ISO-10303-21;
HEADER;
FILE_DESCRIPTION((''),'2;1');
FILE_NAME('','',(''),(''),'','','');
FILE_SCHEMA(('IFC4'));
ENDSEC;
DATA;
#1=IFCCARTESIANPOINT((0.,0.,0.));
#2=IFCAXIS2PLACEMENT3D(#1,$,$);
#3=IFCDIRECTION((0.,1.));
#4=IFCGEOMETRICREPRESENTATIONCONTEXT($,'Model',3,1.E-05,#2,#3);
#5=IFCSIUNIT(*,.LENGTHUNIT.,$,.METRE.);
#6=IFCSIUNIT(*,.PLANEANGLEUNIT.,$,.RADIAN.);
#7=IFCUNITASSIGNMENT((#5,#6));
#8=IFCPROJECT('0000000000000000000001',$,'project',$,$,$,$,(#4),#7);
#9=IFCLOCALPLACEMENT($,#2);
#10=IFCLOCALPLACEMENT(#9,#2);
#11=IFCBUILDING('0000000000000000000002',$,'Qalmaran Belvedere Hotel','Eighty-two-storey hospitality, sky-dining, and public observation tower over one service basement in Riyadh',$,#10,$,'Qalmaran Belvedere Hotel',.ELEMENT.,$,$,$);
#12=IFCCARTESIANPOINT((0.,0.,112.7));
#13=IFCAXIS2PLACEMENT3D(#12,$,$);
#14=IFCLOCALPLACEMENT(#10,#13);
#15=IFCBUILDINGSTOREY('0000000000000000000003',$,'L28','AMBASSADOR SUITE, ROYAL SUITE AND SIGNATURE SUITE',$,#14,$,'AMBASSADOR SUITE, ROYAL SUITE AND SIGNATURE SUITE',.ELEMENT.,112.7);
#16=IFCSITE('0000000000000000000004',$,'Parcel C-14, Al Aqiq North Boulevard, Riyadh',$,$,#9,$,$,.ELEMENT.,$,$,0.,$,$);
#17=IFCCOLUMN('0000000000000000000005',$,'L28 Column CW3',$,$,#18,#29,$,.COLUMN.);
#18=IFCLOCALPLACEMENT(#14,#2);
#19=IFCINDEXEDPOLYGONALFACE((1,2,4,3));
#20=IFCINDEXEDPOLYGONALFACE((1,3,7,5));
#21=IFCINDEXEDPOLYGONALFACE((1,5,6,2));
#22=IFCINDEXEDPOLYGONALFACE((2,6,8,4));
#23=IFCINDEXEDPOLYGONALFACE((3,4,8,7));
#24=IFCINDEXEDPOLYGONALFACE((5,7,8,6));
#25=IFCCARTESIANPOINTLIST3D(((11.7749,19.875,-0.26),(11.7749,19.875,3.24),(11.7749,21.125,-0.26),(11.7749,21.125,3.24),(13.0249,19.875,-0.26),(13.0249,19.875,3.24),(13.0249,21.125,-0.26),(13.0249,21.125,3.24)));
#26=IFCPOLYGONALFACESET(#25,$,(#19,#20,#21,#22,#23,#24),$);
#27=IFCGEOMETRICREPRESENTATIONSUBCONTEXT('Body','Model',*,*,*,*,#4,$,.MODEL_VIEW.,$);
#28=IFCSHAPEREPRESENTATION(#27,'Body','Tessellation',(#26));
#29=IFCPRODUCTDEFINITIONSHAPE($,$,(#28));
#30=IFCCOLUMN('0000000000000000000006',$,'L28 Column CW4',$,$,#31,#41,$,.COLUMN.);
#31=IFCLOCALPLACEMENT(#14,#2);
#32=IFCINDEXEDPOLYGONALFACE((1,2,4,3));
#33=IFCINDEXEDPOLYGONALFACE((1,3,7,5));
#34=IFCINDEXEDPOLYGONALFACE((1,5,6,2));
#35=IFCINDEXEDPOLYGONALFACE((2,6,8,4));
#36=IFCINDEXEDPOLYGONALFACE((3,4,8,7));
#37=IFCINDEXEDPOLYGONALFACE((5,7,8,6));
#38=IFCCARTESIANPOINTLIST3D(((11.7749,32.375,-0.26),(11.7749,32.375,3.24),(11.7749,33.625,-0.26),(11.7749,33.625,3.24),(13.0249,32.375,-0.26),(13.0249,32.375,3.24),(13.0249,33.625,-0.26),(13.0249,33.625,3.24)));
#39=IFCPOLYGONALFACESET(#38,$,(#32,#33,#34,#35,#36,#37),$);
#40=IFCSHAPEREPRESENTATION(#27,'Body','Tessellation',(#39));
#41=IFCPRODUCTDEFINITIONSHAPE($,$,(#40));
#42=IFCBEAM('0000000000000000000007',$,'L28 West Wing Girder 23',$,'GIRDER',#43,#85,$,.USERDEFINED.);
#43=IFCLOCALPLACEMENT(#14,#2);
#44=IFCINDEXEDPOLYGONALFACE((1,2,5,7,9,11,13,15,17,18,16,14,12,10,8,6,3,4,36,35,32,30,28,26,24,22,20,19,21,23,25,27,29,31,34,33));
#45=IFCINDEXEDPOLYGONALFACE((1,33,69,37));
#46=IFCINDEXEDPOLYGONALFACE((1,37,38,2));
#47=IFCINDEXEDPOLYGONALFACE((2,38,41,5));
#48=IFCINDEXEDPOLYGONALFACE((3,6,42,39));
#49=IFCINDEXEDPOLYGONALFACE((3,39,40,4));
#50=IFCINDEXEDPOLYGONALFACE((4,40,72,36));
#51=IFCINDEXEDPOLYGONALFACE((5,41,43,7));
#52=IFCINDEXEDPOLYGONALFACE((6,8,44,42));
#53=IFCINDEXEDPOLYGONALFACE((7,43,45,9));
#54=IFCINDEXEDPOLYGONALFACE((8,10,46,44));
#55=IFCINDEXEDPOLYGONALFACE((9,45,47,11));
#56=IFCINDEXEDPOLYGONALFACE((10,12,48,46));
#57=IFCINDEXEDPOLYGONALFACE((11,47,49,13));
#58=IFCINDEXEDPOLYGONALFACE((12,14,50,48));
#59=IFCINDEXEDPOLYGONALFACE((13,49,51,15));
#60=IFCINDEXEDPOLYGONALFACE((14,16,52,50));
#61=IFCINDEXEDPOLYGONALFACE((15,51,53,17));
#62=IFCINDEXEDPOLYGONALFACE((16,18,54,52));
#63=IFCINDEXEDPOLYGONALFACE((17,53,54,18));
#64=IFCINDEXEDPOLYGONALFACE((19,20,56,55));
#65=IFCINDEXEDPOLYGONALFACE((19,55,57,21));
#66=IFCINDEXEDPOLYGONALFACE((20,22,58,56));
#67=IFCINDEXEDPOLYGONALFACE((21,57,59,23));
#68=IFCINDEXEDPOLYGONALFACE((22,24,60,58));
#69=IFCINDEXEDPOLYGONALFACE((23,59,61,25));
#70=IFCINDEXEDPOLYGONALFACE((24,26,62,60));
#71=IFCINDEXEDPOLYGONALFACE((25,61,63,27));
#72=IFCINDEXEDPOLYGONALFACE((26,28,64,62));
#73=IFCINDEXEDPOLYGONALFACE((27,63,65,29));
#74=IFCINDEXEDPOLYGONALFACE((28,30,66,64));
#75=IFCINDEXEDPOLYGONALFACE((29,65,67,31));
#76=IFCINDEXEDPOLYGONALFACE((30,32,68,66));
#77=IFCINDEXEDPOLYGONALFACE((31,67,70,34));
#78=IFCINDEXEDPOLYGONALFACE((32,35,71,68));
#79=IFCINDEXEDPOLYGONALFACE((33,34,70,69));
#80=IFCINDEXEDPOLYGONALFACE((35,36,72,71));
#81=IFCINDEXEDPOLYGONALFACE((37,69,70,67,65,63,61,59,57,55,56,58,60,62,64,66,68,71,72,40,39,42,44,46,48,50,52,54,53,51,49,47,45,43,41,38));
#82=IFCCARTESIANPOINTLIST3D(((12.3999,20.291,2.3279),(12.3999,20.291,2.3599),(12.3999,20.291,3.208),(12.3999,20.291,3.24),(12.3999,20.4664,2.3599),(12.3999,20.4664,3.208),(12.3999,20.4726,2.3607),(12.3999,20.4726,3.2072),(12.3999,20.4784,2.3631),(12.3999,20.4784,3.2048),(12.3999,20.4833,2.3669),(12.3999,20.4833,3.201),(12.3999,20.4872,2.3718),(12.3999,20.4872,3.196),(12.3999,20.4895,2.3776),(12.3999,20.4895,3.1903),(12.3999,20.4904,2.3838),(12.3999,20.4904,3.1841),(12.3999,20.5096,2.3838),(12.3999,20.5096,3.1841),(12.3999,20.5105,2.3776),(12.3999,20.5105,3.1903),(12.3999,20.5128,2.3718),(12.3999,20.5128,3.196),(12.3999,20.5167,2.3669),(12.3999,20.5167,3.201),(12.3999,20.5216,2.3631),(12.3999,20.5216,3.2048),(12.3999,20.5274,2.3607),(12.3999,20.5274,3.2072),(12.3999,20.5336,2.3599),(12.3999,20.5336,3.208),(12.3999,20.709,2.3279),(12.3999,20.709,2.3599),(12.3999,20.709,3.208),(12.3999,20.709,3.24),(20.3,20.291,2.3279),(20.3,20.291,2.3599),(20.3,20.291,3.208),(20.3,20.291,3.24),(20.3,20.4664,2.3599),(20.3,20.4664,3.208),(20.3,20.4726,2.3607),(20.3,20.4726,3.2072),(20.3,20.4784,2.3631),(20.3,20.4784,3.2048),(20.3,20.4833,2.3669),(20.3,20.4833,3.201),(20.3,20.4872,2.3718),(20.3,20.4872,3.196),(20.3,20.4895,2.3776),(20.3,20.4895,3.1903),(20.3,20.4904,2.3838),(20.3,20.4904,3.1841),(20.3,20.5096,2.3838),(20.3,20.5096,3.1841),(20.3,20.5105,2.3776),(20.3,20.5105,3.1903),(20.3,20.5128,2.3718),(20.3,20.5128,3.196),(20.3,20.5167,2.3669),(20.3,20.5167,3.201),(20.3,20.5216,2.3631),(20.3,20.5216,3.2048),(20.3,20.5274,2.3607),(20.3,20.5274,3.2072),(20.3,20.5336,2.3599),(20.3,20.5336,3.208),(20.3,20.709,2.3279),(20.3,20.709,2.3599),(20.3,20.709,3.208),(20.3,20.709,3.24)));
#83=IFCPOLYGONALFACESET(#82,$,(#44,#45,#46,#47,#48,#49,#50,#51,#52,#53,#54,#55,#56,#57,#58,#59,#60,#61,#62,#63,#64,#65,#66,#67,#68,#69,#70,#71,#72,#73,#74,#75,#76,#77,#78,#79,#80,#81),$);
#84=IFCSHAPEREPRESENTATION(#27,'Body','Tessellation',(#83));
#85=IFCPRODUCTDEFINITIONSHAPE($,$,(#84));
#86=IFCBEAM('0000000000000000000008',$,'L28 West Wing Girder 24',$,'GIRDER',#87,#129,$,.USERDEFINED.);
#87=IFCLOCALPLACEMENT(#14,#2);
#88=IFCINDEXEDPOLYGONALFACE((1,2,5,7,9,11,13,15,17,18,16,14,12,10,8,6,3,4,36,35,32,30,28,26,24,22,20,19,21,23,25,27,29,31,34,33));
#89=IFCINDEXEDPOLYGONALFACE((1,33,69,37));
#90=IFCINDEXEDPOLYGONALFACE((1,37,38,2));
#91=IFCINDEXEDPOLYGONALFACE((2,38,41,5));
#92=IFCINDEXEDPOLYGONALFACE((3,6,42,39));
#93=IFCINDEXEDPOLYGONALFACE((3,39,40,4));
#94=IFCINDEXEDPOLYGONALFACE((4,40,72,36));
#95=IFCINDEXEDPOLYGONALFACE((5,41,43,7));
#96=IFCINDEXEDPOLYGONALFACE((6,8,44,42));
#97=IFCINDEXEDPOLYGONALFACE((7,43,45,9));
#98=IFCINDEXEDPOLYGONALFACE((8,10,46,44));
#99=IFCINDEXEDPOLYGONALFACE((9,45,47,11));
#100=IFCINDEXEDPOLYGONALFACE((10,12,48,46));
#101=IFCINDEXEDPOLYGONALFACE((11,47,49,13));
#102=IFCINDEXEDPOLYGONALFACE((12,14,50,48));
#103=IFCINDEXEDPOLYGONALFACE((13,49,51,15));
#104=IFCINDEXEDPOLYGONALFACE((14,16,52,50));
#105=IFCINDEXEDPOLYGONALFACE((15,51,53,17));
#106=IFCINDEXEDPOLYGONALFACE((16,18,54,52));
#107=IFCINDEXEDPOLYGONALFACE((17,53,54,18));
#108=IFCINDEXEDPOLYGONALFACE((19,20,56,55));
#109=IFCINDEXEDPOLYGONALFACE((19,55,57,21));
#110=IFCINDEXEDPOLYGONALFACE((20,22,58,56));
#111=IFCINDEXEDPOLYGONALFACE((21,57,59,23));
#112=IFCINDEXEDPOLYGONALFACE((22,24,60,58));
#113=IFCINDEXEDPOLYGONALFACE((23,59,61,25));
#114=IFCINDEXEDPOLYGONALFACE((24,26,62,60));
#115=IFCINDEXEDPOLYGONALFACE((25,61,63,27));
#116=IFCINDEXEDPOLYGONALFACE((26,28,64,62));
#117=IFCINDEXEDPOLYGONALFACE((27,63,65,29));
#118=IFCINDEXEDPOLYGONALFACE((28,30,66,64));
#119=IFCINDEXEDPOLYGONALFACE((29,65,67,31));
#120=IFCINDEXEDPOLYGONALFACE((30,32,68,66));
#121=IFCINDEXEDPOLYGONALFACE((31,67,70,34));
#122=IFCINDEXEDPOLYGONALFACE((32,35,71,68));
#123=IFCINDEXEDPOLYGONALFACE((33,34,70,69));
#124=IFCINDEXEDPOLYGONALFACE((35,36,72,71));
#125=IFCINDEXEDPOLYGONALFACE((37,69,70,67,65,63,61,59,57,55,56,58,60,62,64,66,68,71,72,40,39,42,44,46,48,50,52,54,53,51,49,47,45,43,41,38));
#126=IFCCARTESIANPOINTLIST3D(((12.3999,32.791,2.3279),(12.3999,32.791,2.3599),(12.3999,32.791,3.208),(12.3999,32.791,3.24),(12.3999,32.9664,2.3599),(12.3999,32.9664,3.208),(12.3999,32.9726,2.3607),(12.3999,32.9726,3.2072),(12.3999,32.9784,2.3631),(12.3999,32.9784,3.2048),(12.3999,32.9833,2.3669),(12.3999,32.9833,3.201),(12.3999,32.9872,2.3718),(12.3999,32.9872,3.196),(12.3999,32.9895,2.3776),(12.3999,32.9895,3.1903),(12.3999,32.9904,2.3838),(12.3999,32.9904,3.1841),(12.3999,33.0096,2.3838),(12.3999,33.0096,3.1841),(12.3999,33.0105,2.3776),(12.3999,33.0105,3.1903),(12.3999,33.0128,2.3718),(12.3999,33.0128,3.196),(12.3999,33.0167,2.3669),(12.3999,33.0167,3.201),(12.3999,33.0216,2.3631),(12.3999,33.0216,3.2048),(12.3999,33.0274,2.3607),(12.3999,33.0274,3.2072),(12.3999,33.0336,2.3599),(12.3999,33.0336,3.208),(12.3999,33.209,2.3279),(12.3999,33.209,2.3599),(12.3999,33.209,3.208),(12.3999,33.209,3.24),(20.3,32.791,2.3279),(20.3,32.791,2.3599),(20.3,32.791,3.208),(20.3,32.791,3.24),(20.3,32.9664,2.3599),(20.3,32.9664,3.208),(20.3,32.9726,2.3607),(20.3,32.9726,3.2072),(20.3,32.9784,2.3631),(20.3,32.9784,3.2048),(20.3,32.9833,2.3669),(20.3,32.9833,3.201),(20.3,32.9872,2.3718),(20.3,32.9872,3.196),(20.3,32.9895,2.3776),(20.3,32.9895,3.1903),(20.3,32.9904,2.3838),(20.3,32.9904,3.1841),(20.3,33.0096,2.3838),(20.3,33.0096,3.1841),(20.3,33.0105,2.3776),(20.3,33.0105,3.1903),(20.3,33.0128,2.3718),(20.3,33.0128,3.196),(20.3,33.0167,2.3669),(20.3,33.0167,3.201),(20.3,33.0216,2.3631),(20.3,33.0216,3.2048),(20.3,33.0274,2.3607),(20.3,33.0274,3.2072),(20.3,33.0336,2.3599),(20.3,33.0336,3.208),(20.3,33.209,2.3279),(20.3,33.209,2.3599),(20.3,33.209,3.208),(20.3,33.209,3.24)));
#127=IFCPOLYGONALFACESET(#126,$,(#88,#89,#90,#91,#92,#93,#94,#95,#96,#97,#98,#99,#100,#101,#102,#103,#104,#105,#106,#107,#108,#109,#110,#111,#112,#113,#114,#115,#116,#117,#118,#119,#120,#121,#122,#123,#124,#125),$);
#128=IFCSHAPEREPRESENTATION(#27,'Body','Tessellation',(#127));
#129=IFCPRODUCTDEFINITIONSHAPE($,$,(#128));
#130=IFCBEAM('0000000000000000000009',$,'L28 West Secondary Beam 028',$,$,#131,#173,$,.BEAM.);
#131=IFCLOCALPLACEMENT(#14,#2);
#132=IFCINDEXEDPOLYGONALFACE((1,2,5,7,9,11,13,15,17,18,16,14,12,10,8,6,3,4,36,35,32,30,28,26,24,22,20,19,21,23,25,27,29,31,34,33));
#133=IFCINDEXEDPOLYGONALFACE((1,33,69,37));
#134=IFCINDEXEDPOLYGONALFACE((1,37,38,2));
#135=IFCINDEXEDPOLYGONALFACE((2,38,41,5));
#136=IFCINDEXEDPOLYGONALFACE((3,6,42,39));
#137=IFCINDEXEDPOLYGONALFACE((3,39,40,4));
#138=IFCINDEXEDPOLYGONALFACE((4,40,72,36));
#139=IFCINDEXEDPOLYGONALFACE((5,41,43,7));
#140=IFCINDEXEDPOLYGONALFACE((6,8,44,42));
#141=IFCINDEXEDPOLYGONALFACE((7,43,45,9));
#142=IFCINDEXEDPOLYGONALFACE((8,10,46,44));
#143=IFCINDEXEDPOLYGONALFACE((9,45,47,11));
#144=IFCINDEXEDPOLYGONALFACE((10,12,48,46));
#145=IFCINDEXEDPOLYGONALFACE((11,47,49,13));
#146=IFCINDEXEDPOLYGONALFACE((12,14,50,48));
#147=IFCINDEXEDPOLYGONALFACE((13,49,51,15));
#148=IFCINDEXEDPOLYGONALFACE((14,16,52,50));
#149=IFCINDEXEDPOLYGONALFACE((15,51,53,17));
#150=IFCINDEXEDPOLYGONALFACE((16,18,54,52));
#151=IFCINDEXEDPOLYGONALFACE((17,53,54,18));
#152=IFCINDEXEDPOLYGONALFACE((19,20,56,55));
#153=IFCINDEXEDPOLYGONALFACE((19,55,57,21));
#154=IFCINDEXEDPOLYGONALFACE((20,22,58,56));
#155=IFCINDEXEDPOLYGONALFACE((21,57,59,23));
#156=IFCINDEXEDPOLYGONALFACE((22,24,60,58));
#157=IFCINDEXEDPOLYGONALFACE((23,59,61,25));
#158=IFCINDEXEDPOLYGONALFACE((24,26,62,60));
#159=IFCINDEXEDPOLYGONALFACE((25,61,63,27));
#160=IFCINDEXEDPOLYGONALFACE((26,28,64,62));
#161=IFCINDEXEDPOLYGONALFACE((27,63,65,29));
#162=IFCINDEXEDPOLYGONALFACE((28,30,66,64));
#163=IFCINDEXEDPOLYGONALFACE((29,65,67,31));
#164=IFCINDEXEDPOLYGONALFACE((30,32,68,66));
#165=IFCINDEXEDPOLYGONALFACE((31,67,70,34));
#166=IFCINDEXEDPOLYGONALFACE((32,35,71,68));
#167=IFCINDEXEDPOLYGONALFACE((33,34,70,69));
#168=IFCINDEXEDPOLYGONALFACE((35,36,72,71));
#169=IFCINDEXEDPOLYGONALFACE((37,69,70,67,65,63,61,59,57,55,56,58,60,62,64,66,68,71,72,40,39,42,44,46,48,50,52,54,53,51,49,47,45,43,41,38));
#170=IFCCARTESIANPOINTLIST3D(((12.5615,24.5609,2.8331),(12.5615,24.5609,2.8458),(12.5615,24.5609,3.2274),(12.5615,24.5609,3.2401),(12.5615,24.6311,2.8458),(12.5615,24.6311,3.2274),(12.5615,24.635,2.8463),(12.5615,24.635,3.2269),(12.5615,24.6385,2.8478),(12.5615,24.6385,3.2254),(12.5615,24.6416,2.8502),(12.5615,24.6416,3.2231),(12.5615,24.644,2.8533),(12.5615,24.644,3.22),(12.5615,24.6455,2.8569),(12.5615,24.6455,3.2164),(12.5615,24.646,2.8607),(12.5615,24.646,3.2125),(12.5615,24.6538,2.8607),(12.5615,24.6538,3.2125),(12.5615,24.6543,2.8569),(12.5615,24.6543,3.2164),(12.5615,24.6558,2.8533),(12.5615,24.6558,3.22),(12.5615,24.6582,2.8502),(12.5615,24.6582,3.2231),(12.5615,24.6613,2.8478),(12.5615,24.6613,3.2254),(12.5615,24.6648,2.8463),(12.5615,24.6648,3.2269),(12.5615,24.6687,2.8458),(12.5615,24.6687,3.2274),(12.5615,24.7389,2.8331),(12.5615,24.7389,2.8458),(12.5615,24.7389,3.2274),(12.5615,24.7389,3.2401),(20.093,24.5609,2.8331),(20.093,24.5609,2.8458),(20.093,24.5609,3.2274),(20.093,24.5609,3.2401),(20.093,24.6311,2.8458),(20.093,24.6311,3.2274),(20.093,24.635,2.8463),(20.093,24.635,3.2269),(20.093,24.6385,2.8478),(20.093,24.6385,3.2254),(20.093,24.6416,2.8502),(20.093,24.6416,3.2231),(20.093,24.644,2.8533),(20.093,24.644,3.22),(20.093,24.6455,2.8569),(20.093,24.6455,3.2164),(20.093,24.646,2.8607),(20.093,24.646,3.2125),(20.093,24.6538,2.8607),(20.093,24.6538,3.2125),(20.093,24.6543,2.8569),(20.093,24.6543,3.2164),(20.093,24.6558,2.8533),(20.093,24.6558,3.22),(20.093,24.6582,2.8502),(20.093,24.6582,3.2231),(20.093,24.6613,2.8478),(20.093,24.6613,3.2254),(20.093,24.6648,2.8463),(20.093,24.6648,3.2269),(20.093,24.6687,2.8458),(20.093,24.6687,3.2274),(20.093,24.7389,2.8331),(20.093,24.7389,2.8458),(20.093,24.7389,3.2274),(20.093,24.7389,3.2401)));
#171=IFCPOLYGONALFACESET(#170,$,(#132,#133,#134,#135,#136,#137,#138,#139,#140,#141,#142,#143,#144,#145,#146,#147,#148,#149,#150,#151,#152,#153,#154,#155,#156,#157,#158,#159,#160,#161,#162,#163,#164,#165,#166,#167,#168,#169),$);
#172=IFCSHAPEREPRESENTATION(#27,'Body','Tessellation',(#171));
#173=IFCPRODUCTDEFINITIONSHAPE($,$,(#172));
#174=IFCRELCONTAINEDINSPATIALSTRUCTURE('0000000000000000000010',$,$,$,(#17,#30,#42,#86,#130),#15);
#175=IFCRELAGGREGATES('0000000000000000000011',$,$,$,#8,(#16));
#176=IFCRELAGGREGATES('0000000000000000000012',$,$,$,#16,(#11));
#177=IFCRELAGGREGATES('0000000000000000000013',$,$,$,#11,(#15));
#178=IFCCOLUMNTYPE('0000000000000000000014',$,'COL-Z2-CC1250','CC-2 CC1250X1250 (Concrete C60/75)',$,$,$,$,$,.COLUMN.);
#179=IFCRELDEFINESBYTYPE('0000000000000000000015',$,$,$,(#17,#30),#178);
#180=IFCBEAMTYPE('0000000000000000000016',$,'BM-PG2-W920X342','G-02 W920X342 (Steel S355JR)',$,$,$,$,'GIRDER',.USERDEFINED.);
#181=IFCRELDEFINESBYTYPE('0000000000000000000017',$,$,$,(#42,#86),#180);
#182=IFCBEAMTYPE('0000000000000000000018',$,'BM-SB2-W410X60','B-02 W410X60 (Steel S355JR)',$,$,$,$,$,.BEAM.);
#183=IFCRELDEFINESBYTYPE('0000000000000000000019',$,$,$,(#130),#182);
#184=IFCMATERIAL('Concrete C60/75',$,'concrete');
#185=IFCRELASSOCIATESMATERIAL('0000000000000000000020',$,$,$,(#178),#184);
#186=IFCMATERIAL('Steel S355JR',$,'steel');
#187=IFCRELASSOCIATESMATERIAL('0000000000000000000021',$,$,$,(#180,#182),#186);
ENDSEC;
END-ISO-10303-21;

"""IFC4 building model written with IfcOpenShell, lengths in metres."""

from ifc_helpers import new_model, si_unit, direction, frame, origin, origin_2d, place, context, subcontext, project, spatial, rectangle, i_section, extrude, material, material_profile, profile_set, type_object, element, save


model = new_model("IFC4")

# Units and contexts
model_context = context("Model", 3, precision=1e-05, world=origin(), true_north=direction((0.0, 1.0)))
body_context = subcontext(model_context, "Body", "Model", "MODEL_VIEW")
ifc_project = project(units=[si_unit("LENGTHUNIT", "METRE"), si_unit("PLANEANGLEUNIT", "RADIAN")], contexts=[model_context])

# Site, building, storey
site_placement = place(None, origin())
site = spatial("IfcSite", under=ifc_project, at=site_placement, Name="Parcel C-14, Al Aqiq North Boulevard, Riyadh", CompositionType="ELEMENT", RefElevation=0.0)
building_placement = place(site_placement, origin())
building = spatial("IfcBuilding", under=site, at=building_placement, Name="Qalmaran Belvedere Hotel", Description="Eighty-two-storey hospitality, sky-dining, and public observation tower over one service basement in Riyadh", LongName="Qalmaran Belvedere Hotel", CompositionType="ELEMENT")
storey_placement = place(building_placement, frame((0.0, 0.0, 112.7)))
storey = spatial("IfcBuildingStorey", under=building, at=storey_placement, Name="L28", Description="AMBASSADOR SUITE, ROYAL SUITE AND SIGNATURE SUITE", LongName="AMBASSADOR SUITE, ROYAL SUITE AND SIGNATURE SUITE", CompositionType="ELEMENT", Elevation=112.7)

# Columns
ifc_material_1 = material(Name="Concrete C60/75", Category="concrete")
ifc_material_profile_1 = material_profile(ifc_material_1, rectangle(XDim=1.25, YDim=1.25, at=origin_2d()), Name="CC1250X1250")
ifc_profile_set_1 = profile_set([ifc_material_profile_1], Name="Concrete C60/75")
column_type = type_object("IfcColumnType", Name="COL-Z2-CC1250", Description="CC-2 CC1250X1250 (Concrete C60/75)", PredefinedType="COLUMN", material=ifc_profile_set_1)
for number, where, z_axis, x_axis, name in (
    (1, (12.3999, 20.5, -0.26), (0.0, 0.0, 1.0), (1.0, 0.0, 0.0), "L28 Column CW3"),
    (2, (12.3999, 33.0, -0.26), (0.0, 0.0, 1.0), (1.0, 0.0, 0.0), "L28 Column CW4"),
):
    element("IfcColumn", number, at=place(storey_placement, frame(where, z_axis=z_axis, x_axis=x_axis)), inside=storey, type_object=column_type, Name=name, PredefinedType="COLUMN", context=body_context, shape_type="SweptSolid", body=[
        extrude(rectangle(XDim=1.25, YDim=1.25, at=origin_2d()), origin(), (0.0, 0.0, 1.0), 3.5),
    ])

# Beams
ifc_material_2 = material(Name="Steel S355JR", Category="steel")
ifc_material_profile_2 = material_profile(ifc_material_2, i_section(OverallWidth=0.418, OverallDepth=0.9121, WebThickness=0.0193, FlangeThickness=0.032, FilletRadius=0.0239, at=origin_2d()), Name="W920X342")
ifc_profile_set_2 = profile_set([ifc_material_profile_2], Name="Steel S355JR")
beam_type_1 = type_object("IfcBeamType", Name="BM-PG2-W920X342", Description="G-02 W920X342 (Steel S355JR)", ElementType="GIRDER", PredefinedType="USERDEFINED", material=ifc_profile_set_2)
for number, where, z_axis, x_axis, name in (
    (3, (12.3999, 20.5, 2.7839), (1.0, 0.0, 0.0), (0.0, 1.0, 0.0), "L28 West Wing Girder 23"),
    (4, (12.3999, 33.0, 2.7839), (1.0, 0.0, 0.0), (0.0, 1.0, 0.0), "L28 West Wing Girder 24"),
):
    element("IfcBeam", number, at=place(storey_placement, frame(where, z_axis=z_axis, x_axis=x_axis)), inside=storey, type_object=beam_type_1, Name=name, ObjectType="GIRDER", PredefinedType="USERDEFINED", context=body_context, shape_type="SweptSolid", body=[
        extrude(i_section(OverallWidth=0.418, OverallDepth=0.9121, WebThickness=0.0193, FlangeThickness=0.032, FilletRadius=0.0239, at=origin_2d()), origin(), (0.0, 0.0, 1.0), 7.9001),
    ])
ifc_material_profile_3 = material_profile(ifc_material_2, i_section(OverallWidth=0.178, OverallDepth=0.407, WebThickness=0.0078, FlangeThickness=0.0127, FilletRadius=0.0149, at=origin_2d()), Name="W410X60")
ifc_profile_set_3 = profile_set([ifc_material_profile_3], Name="Steel S355JR")
beam_type_2 = type_object("IfcBeamType", Name="BM-SB2-W410X60", Description="B-02 W410X60 (Steel S355JR)", PredefinedType="BEAM", material=ifc_profile_set_3)
for number, where, z_axis, x_axis, name in (
    (5, (12.5615, 24.6499, 3.0366), (1.0, 0.0, 0.0), (0.0, 1.0, 0.0), "L28 West Secondary Beam 028"),
):
    element("IfcBeam", number, at=place(storey_placement, frame(where, z_axis=z_axis, x_axis=x_axis)), inside=storey, type_object=beam_type_2, Name=name, PredefinedType="BEAM", context=body_context, shape_type="SweptSolid", body=[
        extrude(i_section(OverallWidth=0.178, OverallDepth=0.407, WebThickness=0.0078, FlangeThickness=0.0127, FilletRadius=0.0149, at=origin_2d()), origin(), (0.0, 0.0, 1.0), 7.5315),
    ])

save(model, "model.ifc")
